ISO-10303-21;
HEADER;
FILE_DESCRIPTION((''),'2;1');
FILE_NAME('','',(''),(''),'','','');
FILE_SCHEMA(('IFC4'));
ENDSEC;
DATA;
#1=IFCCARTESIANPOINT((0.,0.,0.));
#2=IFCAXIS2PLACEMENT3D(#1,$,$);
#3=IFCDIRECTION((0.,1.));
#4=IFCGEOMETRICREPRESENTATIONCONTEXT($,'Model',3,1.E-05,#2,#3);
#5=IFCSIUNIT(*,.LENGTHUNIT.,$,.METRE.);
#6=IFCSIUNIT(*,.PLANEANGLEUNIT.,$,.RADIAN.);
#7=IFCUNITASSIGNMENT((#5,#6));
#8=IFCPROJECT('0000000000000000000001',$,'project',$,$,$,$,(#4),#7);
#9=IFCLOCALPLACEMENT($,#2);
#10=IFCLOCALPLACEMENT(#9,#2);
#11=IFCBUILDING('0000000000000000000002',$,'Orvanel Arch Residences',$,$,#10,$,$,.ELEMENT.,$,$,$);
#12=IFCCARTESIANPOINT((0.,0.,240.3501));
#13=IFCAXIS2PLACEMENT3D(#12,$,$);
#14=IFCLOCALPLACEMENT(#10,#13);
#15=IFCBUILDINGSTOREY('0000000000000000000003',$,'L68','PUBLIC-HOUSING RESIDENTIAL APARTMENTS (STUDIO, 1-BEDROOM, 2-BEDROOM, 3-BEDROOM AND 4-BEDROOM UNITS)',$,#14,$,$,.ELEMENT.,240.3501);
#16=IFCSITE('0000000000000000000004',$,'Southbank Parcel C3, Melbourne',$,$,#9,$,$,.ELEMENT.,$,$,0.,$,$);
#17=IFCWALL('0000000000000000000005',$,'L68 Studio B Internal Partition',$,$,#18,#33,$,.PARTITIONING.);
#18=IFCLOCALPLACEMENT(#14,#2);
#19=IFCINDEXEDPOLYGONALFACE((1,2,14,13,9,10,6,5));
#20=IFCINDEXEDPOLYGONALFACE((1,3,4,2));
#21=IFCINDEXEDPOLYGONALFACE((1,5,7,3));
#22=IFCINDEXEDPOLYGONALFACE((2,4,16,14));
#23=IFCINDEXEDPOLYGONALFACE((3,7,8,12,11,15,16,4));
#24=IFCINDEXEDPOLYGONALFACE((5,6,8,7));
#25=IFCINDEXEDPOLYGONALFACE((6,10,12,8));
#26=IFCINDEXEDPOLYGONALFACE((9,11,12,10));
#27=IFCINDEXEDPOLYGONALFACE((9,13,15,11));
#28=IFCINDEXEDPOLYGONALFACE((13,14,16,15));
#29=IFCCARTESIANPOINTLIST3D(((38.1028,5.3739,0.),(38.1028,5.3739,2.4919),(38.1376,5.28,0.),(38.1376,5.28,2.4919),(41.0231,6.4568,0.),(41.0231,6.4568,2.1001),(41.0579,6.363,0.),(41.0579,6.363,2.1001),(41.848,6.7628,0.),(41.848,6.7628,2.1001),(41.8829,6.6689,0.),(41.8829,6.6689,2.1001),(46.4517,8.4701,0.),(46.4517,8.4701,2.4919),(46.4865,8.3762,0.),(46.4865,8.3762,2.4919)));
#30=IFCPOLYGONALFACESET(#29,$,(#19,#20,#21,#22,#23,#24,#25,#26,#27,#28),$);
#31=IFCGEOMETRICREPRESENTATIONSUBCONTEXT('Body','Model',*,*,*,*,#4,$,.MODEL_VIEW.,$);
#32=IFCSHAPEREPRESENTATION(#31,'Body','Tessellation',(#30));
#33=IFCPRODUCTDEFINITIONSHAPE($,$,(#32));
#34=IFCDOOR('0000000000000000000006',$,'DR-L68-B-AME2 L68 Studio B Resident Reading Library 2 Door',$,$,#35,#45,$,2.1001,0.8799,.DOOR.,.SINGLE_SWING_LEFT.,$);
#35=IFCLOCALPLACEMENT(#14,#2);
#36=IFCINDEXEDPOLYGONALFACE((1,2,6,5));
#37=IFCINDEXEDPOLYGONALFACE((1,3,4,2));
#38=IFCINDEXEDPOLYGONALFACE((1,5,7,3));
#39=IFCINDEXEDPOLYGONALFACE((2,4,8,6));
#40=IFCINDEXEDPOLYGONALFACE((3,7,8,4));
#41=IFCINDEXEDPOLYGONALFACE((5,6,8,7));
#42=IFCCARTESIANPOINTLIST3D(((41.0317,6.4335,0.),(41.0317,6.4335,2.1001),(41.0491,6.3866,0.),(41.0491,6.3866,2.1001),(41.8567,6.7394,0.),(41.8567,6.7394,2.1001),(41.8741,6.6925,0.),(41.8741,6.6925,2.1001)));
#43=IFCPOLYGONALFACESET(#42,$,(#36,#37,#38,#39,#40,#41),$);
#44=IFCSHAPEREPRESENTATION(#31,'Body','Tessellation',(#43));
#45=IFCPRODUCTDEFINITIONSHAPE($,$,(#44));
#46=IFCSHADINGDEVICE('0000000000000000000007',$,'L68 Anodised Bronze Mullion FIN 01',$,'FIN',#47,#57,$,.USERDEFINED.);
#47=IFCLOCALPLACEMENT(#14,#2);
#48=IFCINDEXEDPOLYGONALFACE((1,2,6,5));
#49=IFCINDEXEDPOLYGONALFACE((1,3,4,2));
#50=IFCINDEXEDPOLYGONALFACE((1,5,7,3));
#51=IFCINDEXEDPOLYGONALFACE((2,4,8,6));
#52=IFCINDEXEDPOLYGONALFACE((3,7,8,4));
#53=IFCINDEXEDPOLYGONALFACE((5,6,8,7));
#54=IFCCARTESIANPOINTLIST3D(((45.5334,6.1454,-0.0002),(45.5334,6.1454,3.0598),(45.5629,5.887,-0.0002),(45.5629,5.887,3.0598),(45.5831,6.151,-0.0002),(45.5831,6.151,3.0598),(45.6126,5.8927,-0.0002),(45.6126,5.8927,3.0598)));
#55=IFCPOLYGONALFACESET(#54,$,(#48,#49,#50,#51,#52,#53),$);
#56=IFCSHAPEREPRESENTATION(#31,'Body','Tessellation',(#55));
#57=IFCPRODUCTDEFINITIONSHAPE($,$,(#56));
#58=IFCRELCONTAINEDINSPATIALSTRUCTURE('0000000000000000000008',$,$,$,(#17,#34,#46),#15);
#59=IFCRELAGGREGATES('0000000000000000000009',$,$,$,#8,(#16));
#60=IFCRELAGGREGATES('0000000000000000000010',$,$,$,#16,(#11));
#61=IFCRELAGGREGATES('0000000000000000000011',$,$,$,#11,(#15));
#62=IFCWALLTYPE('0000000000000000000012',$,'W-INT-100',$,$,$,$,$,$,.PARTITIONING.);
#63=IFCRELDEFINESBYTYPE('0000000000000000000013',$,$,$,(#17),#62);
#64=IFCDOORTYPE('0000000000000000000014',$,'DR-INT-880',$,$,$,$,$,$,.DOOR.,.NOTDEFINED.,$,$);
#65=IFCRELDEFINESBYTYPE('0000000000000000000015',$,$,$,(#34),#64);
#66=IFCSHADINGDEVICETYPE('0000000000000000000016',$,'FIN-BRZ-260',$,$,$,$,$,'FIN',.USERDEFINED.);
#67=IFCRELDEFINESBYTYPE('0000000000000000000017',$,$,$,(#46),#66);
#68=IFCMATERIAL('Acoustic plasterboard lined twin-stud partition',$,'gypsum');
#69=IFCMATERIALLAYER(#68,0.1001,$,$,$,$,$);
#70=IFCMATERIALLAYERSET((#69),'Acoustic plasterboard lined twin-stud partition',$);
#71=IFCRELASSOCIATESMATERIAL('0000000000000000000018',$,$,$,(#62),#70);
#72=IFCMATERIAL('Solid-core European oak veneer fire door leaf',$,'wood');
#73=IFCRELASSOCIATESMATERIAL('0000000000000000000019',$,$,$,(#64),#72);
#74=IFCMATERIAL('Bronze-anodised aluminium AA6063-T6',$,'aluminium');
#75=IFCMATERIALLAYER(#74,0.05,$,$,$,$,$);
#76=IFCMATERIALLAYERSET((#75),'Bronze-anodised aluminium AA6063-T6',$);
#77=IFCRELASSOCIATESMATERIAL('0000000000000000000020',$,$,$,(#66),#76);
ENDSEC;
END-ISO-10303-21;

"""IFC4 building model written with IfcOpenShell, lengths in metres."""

from ifc_helpers import new_model, si_unit, direction, frame, frame_2d, origin, origin_2d, place, context, subcontext, project, spatial, rectangle, extrude, material, layer, layer_set, type_object, element, fill, save


model = new_model("IFC4")

# Units and contexts
model_context = context("Model", 3, precision=1e-05, world=origin(), true_north=direction((0.0, 1.0)))
body_context = subcontext(model_context, "Body", "Model", "MODEL_VIEW")
ifc_project = project(units=[si_unit("LENGTHUNIT", "METRE"), si_unit("PLANEANGLEUNIT", "RADIAN")], contexts=[model_context])

# Site, building, storey
site_placement = place(None, origin())
site = spatial("IfcSite", under=ifc_project, at=site_placement, Name="Southbank Parcel C3, Melbourne", CompositionType="ELEMENT", RefElevation=0.0)
building_placement = place(site_placement, origin())
building = spatial("IfcBuilding", under=site, at=building_placement, Name="Orvanel Arch Residences", CompositionType="ELEMENT")
storey_placement = place(building_placement, frame((0.0, 0.0, 240.3501)))
storey = spatial("IfcBuildingStorey", under=building, at=storey_placement, Name="L68", Description="PUBLIC-HOUSING RESIDENTIAL APARTMENTS (STUDIO, 1-BEDROOM, 2-BEDROOM, 3-BEDROOM AND 4-BEDROOM UNITS)", CompositionType="ELEMENT", Elevation=240.3501)

# Shared definitions
ifc_material_1 = material(Name="Bronze-anodised aluminium AA6063-T6", Category="aluminium")

# Wall, opening, door
ifc_material_2 = material(Name="Acoustic plasterboard lined twin-stud partition", Category="gypsum")
ifc_layer_1 = layer(ifc_material_2, 0.1001)
ifc_layer_set_1 = layer_set([ifc_layer_1], Name="Acoustic plasterboard lined twin-stud partition")
wall_type = type_object("IfcWallType", Name="W-INT-100", PredefinedType="PARTITIONING", material=ifc_layer_set_1)
wall_placement = place(storey_placement, frame((46.469, 8.4231, 0.0), z_axis=(0.0, 0.0, 1.0), x_axis=(-0.937602, -0.347711, 0.0)))
wall = element("IfcWall", 1, at=wall_placement, inside=storey, type_object=wall_type, Name="L68 Studio B Internal Partition", PredefinedType="PARTITIONING", context=body_context, shape_type="SweptSolid", body=[
    extrude(rectangle(XDim=8.9045, YDim=0.1001, at=frame_2d((4.4521, 0.0))), origin(), (0.0, 0.0, 1.0), 2.4919),
])
opening_placement = place(wall_placement, frame((4.9099, 0.0, 0.0)))
opening = element("IfcOpeningElement", 2, at=opening_placement, cuts=wall, PredefinedType="OPENING", context=body_context, shape_type="SweptSolid", body=[
    extrude(rectangle(XDim=0.8799, YDim=2.1001, at=frame_2d((0.4399, 1.05))), frame((0.0, 0.0601, 0.0), z_axis=(0.0, -1.0, 0.0), x_axis=(1.0, 0.0, 0.0)), (0.0, 0.0, 1.0), 0.1201),
])
ifc_material_3 = material(Name="Solid-core European oak veneer fire door leaf", Category="wood")
door_type = type_object("IfcDoorType", Name="DR-INT-880", OperationType="NOTDEFINED", PredefinedType="DOOR", material=ifc_material_3)
door_placement = place(opening_placement, origin())
door = element("IfcDoor", 3, at=door_placement, inside=storey, type_object=door_type, Name="DR-L68-B-AME2 L68 Studio B Resident Reading Library 2 Door", OperationType="SINGLE_SWING_LEFT", OverallHeight=2.1001, OverallWidth=0.8799, PredefinedType="DOOR", context=body_context, shape_type="SweptSolid", body=[
    extrude(rectangle(XDim=0.8799, YDim=2.1001, at=frame_2d((0.4399, 1.05))), frame((0.0, 0.0249, 0.0), z_axis=(0.0, -1.0, 0.0), x_axis=(1.0, 0.0, 0.0)), (0.0, 0.0, 1.0), 0.05),
])
fill(opening, door)

# Shading device
ifc_layer_2 = layer(ifc_material_1, 0.05)
ifc_layer_set_2 = layer_set([ifc_layer_2], Name="Bronze-anodised aluminium AA6063-T6")
shading_device_type = type_object("IfcShadingDeviceType", Name="FIN-BRZ-260", ElementType="FIN", PredefinedType="USERDEFINED", material=ifc_layer_set_2)
shading_device_placement = place(storey_placement, frame((45.573, 6.019, -0.0002), z_axis=(0.0, 0.0, 1.0), x_axis=(0.113203, -0.993572, 0.0)))
element("IfcShadingDevice", 4, at=shading_device_placement, inside=storey, type_object=shading_device_type, Name="L68 Anodised Bronze Mullion FIN 01", ObjectType="FIN", PredefinedType="USERDEFINED", context=body_context, shape_type="SweptSolid", body=[
    extrude(rectangle(XDim=0.26, YDim=0.05, at=origin_2d()), origin(), (0.0, 0.0, 1.0), 3.0601),
])

save(model, "model.ifc")
